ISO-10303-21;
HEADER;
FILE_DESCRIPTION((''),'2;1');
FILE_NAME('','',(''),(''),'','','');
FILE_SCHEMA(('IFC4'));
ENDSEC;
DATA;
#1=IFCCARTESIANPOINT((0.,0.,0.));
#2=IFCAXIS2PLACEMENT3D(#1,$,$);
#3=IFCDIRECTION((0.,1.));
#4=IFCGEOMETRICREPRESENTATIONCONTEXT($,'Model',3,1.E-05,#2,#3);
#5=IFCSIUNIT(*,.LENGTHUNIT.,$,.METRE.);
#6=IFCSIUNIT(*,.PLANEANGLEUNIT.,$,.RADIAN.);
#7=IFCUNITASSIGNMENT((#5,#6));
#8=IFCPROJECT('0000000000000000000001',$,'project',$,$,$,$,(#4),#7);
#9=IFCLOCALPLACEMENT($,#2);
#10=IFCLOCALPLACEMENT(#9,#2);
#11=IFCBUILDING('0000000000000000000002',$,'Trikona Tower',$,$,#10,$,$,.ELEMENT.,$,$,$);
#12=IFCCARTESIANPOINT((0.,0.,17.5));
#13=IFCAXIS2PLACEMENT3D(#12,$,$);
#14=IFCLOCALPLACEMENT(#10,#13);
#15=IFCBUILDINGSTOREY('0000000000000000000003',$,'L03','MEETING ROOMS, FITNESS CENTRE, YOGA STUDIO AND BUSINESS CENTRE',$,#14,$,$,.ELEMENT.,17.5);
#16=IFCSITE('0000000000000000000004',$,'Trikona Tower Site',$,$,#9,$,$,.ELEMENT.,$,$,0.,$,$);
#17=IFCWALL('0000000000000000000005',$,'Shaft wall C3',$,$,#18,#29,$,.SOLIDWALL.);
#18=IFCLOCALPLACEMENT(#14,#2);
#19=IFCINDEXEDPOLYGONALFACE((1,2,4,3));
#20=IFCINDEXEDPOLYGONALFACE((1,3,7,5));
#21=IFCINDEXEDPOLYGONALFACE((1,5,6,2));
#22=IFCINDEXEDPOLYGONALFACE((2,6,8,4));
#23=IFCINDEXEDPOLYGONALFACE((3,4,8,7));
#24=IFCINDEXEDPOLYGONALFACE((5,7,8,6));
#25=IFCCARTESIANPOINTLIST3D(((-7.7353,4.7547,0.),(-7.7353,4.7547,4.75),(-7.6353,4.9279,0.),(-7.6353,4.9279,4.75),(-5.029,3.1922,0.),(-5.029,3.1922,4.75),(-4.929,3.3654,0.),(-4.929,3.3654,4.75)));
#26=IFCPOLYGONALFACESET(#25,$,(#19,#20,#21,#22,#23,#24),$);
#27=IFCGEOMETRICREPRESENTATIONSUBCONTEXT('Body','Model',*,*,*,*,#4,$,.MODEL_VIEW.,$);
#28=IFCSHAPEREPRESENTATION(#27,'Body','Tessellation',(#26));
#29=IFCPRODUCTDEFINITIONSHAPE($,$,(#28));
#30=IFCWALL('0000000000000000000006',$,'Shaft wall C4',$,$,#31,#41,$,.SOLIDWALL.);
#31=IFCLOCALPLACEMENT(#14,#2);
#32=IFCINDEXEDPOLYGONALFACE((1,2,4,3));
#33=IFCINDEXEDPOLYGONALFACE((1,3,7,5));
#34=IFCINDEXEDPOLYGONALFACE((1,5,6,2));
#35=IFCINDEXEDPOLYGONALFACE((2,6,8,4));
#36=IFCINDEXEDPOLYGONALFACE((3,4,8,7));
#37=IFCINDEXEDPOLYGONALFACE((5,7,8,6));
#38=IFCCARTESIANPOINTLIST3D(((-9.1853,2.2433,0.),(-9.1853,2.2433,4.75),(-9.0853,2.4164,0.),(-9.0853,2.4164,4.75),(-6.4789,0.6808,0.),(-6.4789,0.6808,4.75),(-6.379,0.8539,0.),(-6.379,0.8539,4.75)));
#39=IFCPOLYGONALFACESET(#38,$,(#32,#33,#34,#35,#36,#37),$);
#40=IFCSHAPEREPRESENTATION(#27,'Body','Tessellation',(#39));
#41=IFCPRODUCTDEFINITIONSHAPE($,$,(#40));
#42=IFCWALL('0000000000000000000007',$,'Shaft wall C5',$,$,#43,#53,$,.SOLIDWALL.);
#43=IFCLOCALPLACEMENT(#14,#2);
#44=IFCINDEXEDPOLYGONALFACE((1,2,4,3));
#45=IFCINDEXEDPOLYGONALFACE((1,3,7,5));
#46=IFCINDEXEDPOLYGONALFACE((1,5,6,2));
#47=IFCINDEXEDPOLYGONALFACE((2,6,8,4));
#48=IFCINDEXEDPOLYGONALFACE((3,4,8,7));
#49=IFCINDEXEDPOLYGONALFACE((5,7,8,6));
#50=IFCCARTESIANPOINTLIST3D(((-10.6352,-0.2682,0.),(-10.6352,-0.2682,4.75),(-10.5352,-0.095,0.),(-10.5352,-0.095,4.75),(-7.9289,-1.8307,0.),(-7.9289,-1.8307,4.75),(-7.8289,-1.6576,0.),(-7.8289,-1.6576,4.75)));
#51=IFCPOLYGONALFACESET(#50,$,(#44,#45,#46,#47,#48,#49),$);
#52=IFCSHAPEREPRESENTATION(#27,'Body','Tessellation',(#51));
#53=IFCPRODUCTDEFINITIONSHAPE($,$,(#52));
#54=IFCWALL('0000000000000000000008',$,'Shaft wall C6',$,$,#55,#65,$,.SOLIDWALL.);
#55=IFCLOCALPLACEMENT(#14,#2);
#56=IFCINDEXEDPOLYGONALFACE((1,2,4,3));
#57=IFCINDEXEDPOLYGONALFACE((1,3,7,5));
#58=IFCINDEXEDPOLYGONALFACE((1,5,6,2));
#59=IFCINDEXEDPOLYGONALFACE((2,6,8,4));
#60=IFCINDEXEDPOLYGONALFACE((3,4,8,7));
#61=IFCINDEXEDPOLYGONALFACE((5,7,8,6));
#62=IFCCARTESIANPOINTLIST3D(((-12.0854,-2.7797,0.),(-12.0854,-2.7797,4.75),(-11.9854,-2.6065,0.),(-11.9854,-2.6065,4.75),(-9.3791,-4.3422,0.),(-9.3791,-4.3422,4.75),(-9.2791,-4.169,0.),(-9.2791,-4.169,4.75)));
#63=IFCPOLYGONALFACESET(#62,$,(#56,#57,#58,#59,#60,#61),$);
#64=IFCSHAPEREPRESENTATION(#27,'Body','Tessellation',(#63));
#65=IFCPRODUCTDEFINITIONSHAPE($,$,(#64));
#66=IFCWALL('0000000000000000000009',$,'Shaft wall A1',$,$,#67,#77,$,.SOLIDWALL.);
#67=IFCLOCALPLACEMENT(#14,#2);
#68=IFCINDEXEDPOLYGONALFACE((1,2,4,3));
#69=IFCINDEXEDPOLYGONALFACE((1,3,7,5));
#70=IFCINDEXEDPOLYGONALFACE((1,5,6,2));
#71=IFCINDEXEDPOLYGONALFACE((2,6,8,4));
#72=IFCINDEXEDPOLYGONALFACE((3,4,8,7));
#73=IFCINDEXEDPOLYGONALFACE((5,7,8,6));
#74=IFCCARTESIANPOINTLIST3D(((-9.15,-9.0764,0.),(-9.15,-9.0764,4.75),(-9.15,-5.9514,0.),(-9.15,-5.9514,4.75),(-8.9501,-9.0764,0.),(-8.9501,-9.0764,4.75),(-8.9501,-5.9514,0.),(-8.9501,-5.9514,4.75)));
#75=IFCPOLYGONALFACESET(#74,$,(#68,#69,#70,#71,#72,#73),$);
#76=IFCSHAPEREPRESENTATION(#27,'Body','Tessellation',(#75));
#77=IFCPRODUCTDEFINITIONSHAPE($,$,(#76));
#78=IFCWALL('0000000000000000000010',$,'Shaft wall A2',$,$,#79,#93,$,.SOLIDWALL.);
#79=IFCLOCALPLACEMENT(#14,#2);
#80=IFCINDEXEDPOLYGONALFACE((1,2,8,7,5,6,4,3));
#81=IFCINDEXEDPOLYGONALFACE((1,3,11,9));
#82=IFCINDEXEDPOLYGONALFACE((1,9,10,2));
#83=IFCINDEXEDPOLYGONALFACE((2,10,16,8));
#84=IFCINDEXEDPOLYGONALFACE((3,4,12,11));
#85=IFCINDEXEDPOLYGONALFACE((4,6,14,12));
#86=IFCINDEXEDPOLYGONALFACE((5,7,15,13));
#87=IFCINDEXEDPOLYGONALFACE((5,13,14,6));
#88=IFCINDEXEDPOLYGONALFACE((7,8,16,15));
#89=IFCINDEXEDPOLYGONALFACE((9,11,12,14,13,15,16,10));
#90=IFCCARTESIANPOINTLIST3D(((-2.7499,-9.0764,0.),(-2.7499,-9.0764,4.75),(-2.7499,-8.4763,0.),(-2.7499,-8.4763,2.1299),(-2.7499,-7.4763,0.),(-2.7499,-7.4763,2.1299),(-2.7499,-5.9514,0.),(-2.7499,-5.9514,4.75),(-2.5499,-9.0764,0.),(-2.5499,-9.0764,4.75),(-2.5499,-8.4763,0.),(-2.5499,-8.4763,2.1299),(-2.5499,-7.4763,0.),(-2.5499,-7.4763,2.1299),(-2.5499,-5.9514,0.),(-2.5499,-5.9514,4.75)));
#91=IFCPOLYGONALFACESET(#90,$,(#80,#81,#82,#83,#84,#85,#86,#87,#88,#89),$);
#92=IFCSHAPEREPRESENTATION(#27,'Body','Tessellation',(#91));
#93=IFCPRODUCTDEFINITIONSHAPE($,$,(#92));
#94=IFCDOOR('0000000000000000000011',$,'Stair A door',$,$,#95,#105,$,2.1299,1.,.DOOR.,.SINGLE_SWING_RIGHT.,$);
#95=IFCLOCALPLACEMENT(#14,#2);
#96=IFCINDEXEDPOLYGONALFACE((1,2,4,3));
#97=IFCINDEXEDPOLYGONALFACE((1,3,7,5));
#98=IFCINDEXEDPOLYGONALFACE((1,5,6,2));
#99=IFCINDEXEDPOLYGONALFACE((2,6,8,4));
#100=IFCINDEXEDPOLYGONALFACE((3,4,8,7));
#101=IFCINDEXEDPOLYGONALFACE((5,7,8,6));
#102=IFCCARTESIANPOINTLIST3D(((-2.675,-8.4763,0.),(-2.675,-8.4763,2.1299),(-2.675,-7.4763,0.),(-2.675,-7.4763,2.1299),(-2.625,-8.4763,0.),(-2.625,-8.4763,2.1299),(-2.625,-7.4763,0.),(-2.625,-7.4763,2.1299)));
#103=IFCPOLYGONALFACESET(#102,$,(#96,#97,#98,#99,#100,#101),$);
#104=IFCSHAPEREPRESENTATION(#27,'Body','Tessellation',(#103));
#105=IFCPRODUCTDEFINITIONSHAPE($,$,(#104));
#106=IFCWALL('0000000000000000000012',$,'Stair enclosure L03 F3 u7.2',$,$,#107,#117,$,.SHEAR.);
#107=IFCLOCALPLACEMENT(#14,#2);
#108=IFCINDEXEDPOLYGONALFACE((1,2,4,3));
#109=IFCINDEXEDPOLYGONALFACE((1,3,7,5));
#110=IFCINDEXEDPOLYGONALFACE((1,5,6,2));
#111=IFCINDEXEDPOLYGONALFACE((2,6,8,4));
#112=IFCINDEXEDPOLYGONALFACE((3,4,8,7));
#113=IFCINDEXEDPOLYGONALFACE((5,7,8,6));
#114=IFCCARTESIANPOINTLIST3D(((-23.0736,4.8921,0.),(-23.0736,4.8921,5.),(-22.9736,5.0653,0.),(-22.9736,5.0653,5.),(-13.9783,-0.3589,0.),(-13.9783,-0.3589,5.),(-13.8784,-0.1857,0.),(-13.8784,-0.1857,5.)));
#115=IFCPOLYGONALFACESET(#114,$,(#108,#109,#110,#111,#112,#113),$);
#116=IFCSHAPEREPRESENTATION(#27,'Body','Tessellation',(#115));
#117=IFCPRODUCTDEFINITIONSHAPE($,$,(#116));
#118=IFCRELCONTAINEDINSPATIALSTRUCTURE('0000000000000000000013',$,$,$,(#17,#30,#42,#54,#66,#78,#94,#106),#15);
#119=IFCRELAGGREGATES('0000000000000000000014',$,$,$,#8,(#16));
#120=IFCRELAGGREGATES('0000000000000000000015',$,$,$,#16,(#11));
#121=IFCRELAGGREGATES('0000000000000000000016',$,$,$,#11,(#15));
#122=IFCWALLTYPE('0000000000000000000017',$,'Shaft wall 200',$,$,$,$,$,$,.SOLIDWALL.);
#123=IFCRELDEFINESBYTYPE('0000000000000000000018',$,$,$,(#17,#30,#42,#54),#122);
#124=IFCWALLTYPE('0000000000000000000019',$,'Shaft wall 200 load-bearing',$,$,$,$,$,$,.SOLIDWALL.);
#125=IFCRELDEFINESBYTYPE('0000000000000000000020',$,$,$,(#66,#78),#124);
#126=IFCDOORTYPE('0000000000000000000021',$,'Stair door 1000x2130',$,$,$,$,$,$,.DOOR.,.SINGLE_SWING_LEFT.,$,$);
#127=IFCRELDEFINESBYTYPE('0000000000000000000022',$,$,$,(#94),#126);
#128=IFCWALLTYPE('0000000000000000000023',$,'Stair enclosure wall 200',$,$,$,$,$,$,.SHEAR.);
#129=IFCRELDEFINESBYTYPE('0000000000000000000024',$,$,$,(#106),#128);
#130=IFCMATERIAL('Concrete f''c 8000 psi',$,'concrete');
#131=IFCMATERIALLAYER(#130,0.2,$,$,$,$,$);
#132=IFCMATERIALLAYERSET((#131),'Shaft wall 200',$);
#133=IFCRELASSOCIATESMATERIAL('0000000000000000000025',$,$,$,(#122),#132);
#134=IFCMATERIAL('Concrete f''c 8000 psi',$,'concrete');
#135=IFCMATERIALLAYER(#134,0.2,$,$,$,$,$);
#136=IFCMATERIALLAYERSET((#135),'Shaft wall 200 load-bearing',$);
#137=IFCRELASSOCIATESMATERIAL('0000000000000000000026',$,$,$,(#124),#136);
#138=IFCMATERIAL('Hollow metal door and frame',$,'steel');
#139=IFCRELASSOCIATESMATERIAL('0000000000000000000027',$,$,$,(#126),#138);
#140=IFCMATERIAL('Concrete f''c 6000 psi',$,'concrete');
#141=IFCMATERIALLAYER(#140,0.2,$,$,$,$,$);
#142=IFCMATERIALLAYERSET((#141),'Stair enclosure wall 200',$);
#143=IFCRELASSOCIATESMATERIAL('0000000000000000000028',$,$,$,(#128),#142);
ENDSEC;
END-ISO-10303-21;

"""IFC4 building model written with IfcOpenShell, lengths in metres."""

from ifc_helpers import new_model, si_unit, direction, frame, frame_2d, origin, place, context, subcontext, project, spatial, rectangle, extrude, material, layer, layer_set, type_object, element, fill, save


model = new_model("IFC4")

# Units and contexts
model_context = context("Model", 3, precision=1e-05, world=origin(), true_north=direction((0.0, 1.0)))
body_context = subcontext(model_context, "Body", "Model", "MODEL_VIEW")
ifc_project = project(units=[si_unit("LENGTHUNIT", "METRE"), si_unit("PLANEANGLEUNIT", "RADIAN")], contexts=[model_context])

# Site, building, storey
site_placement = place(None, origin())
site = spatial("IfcSite", under=ifc_project, at=site_placement, Name="Trikona Tower Site", CompositionType="ELEMENT", RefElevation=0.0)
building_placement = place(site_placement, origin())
building = spatial("IfcBuilding", under=site, at=building_placement, Name="Trikona Tower", CompositionType="ELEMENT")
storey_placement = place(building_placement, frame((0.0, 0.0, 17.5)))
storey = spatial("IfcBuildingStorey", under=building, at=storey_placement, Name="L03", Description="MEETING ROOMS, FITNESS CENTRE, YOGA STUDIO AND BUSINESS CENTRE", CompositionType="ELEMENT", Elevation=17.5)

# Walls
ifc_material_1 = material(Name="Concrete f'c 8000 psi", Category="concrete")
ifc_layer_1 = layer(ifc_material_1, 0.2)
ifc_layer_set_1 = layer_set([ifc_layer_1], Name="Shaft wall 200")
wall_type_1 = type_object("IfcWallType", Name="Shaft wall 200", PredefinedType="SOLIDWALL", material=ifc_layer_set_1)
for number, where, z_axis, x_axis, name in (
    (1, (-4.979, 3.2788, 0.0), (0.0, 0.0, 1.0), (-0.866023, 0.500004, 0.0), "Shaft wall C3"),
    (2, (-6.429, 0.7673, 0.0), (0.0, 0.0, 1.0), (-0.866023, 0.500004, 0.0), "Shaft wall C4"),
    (3, (-7.8789, -1.7441, 0.0), (0.0, 0.0, 1.0), (-0.866023, 0.500004, 0.0), "Shaft wall C5"),
    (4, (-9.3291, -4.2556, 0.0), (0.0, 0.0, 1.0), (-0.866023, 0.500004, 0.0), "Shaft wall C6"),
):
    element("IfcWall", number, at=place(storey_placement, frame(where, z_axis=z_axis, x_axis=x_axis)), inside=storey, type_object=wall_type_1, Name=name, PredefinedType="SOLIDWALL", context=body_context, shape_type="SweptSolid", body=[
        extrude(rectangle(XDim=3.125, YDim=0.2, at=frame_2d((1.5625, 0.0))), origin(), (0.0, 0.0, 1.0), 4.75),
    ])
ifc_material_2 = material(Name="Concrete f'c 8000 psi", Category="concrete")
ifc_layer_2 = layer(ifc_material_2, 0.2)
ifc_layer_set_2 = layer_set([ifc_layer_2], Name="Shaft wall 200 load-bearing")
wall_type_2 = type_object("IfcWallType", Name="Shaft wall 200 load-bearing", PredefinedType="SOLIDWALL", material=ifc_layer_set_2)
wall_1_placement = place(storey_placement, frame((-9.05, -5.9514, 0.0), z_axis=(0.0, 0.0, 1.0), x_axis=(0.0, -1.0, 0.0)))
element("IfcWall", 5, at=wall_1_placement, inside=storey, type_object=wall_type_2, Name="Shaft wall A1", PredefinedType="SOLIDWALL", context=body_context, shape_type="SweptSolid", body=[
    extrude(rectangle(XDim=3.125, YDim=0.2, at=frame_2d((1.5625, 0.0))), origin(), (0.0, 0.0, 1.0), 4.75),
])

# Wall, opening, door
wall_2_placement = place(storey_placement, frame((-2.6499, -5.9514, 0.0), z_axis=(0.0, 0.0, 1.0), x_axis=(0.0, -1.0, 0.0)))
wall_2 = element("IfcWall", 6, at=wall_2_placement, inside=storey, type_object=wall_type_2, Name="Shaft wall A2", PredefinedType="SOLIDWALL", context=body_context, shape_type="SweptSolid", body=[
    extrude(rectangle(XDim=3.125, YDim=0.2, at=frame_2d((1.5625, 0.0))), origin(), (0.0, 0.0, 1.0), 4.75),
])
opening_1_placement = place(wall_2_placement, frame((1.5249, 0.0, 0.0)))
opening_1 = element("IfcOpeningElement", 7, at=opening_1_placement, cuts=wall_2, PredefinedType="OPENING", context=body_context, shape_type="SweptSolid", body=[
    extrude(rectangle(XDim=1.0, YDim=2.1299, at=frame_2d((0.5, 1.0649))), frame((0.0, 0.1099, 0.0), z_axis=(0.0, -1.0, 0.0), x_axis=(1.0, 0.0, 0.0)), (0.0, 0.0, 1.0), 0.22),
])
ifc_material_3 = material(Name="Hollow metal door and frame", Category="steel")
door_type_1 = type_object("IfcDoorType", Name="Stair door 1000x2130", OperationType="SINGLE_SWING_LEFT", PredefinedType="DOOR", material=ifc_material_3)
door_1_placement = place(opening_1_placement, origin())
door_1 = element("IfcDoor", 8, at=door_1_placement, inside=storey, type_object=door_type_1, Name="Stair A door", OperationType="SINGLE_SWING_RIGHT", OverallHeight=2.1299, OverallWidth=1.0, PredefinedType="DOOR", context=body_context, shape_type="SweptSolid", body=[
    extrude(rectangle(XDim=1.0, YDim=2.1299, at=frame_2d((0.5, 1.0649))), frame((0.0, 0.0249, 0.0), z_axis=(0.0, -1.0, 0.0), x_axis=(1.0, 0.0, 0.0)), (0.0, 0.0, 1.0), 0.05),
])
fill(opening_1, door_1)

# Wall
ifc_material_4 = material(Name="Concrete f'c 6000 psi", Category="concrete")
ifc_layer_3 = layer(ifc_material_4, 0.2)
ifc_layer_set_3 = layer_set([ifc_layer_3], Name="Stair enclosure wall 200")
wall_type_3 = type_object("IfcWallType", Name="Stair enclosure wall 200", PredefinedType="SHEAR", material=ifc_layer_set_3)
wall_3_placement = place(storey_placement, frame((-13.9285, -0.2722, 0.0), z_axis=(0.0, 0.0, 1.0), x_axis=(-0.866032, 0.499989, 0.0)))
element("IfcWall", 9, at=wall_3_placement, inside=storey, type_object=wall_type_3, Name="Stair enclosure L03 F3 u7.2", PredefinedType="SHEAR", context=body_context, shape_type="SweptSolid", body=[
    extrude(rectangle(XDim=10.5022, YDim=0.2, at=frame_2d((5.251, 0.0))), origin(), (0.0, 0.0, 1.0), 5.0),
])

save(model, "model.ifc")
